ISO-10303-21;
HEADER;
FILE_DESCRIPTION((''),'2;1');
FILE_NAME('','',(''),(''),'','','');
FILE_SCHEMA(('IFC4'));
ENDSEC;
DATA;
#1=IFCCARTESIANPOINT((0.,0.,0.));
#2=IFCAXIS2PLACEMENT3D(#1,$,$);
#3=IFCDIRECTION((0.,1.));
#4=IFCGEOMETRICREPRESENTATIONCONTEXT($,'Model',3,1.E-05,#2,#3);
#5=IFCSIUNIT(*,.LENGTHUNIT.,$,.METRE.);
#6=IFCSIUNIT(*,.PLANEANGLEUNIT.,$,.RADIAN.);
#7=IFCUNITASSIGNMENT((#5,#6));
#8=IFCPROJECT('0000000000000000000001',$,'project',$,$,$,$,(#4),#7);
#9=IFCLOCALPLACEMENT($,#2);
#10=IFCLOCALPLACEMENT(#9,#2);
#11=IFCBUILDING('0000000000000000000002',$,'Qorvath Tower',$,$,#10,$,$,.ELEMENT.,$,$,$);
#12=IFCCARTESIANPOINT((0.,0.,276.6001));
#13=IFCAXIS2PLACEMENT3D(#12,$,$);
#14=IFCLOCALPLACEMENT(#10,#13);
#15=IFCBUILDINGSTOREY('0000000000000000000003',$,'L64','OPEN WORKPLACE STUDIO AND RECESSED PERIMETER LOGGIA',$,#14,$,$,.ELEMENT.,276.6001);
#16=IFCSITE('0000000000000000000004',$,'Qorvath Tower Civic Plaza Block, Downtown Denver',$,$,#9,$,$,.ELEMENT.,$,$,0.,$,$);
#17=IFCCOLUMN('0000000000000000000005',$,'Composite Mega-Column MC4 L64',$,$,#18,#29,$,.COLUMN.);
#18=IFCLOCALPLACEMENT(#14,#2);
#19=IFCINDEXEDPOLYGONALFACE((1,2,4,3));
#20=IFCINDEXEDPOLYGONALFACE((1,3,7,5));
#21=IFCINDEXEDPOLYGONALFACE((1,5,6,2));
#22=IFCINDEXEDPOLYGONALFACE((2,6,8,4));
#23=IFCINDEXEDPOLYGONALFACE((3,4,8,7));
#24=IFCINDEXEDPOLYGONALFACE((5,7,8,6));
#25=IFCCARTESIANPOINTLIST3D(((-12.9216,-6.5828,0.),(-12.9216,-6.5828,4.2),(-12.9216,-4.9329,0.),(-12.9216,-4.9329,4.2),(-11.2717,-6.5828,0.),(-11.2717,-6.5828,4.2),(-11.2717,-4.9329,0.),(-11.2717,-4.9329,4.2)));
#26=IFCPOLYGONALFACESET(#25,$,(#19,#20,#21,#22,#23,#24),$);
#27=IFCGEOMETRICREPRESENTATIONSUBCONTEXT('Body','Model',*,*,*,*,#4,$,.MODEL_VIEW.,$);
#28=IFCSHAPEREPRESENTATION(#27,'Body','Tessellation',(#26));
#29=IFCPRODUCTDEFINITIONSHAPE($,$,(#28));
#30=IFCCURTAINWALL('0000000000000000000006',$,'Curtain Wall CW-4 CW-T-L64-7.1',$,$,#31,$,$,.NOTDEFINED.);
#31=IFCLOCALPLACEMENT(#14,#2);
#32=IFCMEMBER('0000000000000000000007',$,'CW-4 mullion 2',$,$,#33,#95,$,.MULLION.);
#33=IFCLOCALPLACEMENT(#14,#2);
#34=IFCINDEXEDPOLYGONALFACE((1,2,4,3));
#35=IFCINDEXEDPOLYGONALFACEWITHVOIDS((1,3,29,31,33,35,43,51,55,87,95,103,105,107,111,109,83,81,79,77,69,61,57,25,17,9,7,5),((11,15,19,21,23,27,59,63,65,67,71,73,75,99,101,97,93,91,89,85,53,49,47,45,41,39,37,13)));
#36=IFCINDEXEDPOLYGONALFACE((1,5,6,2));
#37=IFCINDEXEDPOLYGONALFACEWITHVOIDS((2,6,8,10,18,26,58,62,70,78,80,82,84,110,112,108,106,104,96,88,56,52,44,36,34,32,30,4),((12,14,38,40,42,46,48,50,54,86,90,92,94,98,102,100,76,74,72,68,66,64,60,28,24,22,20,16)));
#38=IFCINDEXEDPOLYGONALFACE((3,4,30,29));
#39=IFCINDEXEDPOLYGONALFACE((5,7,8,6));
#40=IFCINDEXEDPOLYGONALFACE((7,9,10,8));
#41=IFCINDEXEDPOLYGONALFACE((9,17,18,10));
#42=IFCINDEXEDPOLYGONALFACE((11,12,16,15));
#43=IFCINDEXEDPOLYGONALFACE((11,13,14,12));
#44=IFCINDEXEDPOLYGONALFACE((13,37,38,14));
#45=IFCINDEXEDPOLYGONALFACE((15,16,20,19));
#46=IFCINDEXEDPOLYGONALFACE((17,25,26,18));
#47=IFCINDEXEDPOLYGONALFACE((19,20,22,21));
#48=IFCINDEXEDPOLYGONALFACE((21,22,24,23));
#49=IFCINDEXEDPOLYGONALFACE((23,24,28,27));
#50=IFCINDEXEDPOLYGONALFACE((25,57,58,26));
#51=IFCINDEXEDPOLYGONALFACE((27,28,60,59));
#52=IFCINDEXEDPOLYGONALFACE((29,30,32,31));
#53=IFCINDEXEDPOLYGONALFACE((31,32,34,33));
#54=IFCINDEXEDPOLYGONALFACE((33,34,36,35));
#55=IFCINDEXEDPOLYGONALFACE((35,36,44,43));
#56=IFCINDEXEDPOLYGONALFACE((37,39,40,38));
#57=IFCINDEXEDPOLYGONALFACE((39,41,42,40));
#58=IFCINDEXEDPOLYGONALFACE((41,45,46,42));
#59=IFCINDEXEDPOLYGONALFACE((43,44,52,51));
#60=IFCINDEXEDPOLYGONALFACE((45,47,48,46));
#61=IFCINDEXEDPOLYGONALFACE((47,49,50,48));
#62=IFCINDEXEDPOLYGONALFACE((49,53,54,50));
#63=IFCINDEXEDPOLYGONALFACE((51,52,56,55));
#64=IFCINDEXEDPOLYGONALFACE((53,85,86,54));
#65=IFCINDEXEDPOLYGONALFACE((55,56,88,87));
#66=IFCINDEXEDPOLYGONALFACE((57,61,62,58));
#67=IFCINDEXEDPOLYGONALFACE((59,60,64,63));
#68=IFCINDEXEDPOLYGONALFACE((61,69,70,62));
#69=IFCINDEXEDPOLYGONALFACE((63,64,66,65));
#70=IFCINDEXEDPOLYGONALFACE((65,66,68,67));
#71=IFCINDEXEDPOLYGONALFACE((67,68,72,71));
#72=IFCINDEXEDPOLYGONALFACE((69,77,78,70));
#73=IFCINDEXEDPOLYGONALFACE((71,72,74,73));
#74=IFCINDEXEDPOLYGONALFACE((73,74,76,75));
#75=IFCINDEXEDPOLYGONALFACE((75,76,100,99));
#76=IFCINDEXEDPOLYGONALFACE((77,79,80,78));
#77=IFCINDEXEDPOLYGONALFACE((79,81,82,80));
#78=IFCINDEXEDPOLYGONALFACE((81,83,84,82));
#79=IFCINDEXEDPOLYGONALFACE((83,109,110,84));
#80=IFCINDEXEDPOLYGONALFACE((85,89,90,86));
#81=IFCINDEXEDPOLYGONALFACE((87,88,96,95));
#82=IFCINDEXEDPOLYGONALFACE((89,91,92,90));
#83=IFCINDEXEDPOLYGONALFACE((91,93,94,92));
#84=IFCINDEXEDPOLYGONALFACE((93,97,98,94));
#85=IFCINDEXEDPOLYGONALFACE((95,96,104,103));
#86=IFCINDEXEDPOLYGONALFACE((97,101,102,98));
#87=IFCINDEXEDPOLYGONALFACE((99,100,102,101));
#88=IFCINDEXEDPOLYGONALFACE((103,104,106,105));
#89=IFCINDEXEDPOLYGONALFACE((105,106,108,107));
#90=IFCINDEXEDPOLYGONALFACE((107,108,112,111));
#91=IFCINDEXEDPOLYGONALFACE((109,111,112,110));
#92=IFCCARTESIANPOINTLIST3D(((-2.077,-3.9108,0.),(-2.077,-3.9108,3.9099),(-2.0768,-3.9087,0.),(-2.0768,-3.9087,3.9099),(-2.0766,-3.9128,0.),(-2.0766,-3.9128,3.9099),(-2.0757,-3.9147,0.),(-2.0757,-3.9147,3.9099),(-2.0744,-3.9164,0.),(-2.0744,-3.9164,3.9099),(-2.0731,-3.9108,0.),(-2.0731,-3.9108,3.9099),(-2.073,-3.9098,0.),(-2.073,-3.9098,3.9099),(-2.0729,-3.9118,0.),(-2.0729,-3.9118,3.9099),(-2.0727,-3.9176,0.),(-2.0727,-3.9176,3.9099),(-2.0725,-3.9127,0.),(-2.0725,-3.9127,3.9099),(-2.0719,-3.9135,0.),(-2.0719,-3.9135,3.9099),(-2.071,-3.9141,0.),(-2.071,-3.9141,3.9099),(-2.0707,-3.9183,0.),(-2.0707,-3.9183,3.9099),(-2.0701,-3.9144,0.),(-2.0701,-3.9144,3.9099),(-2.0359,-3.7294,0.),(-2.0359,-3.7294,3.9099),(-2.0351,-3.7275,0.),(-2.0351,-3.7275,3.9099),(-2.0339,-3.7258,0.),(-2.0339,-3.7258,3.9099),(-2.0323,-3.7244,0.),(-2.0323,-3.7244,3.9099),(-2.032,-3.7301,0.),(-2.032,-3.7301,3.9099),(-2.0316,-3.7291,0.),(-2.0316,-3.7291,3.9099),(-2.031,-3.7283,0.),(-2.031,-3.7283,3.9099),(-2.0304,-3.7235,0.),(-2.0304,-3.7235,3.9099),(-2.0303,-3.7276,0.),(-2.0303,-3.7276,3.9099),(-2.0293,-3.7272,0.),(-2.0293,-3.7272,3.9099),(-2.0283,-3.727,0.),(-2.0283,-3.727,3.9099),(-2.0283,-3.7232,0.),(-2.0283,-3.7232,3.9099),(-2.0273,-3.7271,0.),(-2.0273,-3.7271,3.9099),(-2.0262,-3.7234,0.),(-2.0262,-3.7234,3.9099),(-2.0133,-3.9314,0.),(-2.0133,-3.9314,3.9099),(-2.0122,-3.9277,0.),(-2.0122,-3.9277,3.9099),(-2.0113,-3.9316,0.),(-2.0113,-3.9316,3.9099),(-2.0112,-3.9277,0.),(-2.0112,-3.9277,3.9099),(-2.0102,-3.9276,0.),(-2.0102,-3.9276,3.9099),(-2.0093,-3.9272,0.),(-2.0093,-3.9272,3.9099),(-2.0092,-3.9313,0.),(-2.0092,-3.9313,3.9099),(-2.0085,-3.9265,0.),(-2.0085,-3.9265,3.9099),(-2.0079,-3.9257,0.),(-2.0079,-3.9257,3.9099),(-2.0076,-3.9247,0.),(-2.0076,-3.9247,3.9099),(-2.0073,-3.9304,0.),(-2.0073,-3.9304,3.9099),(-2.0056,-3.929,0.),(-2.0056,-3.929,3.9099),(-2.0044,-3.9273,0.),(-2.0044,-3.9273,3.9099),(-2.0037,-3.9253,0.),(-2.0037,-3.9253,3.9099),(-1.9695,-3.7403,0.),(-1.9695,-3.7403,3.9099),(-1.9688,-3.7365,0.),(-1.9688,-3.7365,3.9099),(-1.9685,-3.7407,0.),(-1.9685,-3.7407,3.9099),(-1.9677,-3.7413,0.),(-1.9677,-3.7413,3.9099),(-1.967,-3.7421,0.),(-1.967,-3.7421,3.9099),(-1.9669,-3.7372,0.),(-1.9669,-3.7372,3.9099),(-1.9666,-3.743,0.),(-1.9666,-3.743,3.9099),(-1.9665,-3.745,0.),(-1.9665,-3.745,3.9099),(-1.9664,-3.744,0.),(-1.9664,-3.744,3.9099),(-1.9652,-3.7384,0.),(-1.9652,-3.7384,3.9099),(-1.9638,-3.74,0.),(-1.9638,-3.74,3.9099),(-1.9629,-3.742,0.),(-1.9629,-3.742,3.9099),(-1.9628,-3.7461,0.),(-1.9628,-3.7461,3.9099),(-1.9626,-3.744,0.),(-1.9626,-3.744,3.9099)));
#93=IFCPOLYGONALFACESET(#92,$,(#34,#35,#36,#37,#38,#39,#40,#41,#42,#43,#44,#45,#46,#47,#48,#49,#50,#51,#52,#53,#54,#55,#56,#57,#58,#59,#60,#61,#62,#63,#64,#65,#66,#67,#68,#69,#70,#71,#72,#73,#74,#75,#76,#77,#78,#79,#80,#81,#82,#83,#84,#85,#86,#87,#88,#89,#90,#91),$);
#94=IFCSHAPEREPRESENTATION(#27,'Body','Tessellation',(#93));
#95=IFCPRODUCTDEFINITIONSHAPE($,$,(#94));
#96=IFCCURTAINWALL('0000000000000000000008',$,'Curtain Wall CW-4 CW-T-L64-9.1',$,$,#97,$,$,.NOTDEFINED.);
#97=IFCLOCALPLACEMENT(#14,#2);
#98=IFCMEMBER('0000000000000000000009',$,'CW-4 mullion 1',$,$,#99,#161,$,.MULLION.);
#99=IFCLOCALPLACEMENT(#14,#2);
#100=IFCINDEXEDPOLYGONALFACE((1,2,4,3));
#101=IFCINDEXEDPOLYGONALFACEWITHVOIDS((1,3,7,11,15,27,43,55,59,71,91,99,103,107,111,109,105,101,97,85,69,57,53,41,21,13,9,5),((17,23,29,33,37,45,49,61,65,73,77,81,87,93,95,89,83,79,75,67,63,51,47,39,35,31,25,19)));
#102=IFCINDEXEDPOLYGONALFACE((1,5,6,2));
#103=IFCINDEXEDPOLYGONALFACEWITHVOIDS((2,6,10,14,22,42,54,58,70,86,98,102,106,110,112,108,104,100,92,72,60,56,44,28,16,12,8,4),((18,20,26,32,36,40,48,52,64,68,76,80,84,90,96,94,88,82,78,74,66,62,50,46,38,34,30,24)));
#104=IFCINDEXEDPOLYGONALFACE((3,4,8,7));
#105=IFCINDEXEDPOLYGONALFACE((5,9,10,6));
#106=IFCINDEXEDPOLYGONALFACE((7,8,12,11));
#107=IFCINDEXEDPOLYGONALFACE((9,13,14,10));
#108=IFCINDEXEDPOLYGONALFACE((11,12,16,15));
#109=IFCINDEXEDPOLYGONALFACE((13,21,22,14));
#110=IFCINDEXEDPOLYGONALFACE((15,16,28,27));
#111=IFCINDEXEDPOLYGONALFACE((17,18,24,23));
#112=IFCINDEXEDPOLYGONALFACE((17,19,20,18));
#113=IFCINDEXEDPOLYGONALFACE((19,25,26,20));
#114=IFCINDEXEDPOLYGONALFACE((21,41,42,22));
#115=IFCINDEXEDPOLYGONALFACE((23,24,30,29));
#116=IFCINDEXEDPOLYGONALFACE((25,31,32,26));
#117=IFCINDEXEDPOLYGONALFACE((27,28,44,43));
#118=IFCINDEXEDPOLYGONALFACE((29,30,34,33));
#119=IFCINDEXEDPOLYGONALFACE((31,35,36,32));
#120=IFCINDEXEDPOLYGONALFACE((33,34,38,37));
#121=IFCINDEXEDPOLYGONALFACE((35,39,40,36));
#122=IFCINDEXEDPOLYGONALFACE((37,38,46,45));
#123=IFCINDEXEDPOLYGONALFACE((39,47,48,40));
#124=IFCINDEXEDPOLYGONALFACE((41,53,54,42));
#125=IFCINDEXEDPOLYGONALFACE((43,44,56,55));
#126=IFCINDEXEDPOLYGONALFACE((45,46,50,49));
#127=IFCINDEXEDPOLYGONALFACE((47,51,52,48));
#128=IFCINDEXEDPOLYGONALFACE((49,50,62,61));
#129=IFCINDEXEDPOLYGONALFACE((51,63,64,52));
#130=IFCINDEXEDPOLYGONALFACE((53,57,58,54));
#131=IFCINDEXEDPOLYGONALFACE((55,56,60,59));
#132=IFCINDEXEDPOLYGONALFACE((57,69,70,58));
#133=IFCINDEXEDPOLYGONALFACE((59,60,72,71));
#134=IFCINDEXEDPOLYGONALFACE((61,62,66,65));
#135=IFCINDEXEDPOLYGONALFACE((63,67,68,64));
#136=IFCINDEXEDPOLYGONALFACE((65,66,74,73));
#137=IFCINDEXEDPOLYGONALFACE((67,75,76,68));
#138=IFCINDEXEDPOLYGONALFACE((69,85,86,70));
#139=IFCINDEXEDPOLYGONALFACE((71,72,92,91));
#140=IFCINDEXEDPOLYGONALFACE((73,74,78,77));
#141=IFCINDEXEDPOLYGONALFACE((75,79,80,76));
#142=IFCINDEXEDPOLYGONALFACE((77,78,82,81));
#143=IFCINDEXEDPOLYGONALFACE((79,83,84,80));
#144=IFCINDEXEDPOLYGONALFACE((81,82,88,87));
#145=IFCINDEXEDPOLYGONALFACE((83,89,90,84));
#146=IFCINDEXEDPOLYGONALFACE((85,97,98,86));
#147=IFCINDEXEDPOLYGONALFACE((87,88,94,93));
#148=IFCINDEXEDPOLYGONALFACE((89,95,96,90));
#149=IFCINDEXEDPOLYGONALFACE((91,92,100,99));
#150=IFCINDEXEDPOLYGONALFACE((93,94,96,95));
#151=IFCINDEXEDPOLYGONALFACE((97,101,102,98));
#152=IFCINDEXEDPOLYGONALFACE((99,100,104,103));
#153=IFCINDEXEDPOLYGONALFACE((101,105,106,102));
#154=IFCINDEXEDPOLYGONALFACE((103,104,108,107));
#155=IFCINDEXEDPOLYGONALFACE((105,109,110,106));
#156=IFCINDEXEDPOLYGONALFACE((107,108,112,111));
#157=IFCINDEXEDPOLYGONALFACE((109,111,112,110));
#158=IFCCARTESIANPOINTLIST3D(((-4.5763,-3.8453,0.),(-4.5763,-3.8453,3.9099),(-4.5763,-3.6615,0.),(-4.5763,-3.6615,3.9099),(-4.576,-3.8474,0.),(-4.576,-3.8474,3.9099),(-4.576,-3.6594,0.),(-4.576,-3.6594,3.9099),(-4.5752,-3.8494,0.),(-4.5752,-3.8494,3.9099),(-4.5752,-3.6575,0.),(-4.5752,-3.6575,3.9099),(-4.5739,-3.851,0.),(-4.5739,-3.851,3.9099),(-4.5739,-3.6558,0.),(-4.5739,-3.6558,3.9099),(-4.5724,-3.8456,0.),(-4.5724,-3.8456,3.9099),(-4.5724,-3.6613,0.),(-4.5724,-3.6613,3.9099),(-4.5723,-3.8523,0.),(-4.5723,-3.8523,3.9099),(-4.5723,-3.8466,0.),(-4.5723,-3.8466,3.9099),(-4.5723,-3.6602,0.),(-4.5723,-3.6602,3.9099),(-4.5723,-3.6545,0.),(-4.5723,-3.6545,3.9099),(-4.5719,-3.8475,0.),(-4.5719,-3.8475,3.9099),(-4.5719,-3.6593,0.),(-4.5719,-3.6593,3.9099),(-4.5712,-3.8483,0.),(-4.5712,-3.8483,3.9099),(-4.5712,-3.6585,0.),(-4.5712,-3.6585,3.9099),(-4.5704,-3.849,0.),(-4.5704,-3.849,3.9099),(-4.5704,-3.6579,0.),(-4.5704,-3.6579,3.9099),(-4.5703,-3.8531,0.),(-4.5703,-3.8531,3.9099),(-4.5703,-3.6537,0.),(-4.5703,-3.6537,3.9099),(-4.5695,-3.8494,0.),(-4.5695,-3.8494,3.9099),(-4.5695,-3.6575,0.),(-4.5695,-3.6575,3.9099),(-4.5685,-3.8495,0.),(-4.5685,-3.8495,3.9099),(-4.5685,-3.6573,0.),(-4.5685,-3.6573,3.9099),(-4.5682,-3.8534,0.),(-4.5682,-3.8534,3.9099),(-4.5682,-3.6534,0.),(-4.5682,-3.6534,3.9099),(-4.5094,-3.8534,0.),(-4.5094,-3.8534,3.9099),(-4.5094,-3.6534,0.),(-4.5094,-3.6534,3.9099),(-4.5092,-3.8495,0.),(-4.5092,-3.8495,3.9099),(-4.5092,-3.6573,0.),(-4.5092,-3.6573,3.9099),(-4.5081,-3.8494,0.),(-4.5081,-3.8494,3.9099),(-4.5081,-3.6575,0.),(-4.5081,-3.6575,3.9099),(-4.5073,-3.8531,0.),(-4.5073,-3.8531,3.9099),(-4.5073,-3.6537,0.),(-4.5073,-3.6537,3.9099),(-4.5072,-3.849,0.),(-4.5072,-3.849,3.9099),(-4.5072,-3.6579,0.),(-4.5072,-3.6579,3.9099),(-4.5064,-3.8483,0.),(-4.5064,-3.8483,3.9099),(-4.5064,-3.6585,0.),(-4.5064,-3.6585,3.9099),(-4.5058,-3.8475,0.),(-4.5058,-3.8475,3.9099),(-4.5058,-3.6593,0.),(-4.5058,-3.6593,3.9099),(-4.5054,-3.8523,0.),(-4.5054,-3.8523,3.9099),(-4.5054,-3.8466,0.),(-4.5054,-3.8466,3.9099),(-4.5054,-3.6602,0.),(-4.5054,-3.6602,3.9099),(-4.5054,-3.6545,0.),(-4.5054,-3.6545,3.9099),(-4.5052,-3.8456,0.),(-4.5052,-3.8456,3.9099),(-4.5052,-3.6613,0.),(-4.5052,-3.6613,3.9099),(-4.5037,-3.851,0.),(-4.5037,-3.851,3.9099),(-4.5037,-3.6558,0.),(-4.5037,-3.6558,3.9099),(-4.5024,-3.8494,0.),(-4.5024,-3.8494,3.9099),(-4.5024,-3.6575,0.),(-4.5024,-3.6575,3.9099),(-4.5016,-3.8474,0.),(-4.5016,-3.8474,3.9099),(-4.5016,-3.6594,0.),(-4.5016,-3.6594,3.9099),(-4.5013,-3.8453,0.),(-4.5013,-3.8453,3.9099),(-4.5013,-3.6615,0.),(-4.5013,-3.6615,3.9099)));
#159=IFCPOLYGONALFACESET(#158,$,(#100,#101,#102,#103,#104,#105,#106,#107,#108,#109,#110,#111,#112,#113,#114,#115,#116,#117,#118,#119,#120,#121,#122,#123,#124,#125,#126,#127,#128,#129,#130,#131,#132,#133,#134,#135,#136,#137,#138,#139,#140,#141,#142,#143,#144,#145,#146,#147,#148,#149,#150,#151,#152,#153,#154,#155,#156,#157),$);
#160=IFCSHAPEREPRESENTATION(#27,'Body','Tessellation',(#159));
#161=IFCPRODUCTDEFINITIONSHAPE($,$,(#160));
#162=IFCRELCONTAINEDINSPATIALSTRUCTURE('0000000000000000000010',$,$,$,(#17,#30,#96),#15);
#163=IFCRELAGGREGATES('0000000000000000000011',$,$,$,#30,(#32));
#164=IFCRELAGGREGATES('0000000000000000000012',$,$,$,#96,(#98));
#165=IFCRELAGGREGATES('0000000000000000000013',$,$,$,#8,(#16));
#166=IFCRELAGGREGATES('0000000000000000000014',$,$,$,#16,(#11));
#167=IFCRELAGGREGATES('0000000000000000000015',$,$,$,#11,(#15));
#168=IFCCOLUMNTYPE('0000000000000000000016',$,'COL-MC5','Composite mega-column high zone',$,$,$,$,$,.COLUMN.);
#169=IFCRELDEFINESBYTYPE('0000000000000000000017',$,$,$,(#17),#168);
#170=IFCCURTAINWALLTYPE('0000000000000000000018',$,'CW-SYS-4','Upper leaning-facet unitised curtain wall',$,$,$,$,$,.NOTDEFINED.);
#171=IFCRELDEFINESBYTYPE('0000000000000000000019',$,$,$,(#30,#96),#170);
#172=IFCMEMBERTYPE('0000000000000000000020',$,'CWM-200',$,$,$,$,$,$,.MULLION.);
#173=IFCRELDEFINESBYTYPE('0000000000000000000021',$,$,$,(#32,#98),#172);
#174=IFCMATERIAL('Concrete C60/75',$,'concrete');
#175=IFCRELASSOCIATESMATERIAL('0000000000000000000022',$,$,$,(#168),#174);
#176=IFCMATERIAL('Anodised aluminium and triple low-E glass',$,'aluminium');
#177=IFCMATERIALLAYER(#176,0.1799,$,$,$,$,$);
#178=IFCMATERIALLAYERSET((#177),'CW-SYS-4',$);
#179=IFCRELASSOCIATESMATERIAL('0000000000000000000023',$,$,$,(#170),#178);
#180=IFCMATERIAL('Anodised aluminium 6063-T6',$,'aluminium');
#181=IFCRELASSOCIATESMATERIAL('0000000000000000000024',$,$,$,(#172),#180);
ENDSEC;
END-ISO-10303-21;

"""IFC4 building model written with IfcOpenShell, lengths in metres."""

from ifc_helpers import new_model, si_unit, direction, frame, origin, origin_2d, place, context, subcontext, project, spatial, rectangle, hollow_rectangle, extrude, material, layer, layer_set, material_profile, profile_set, type_object, element, aggregate, save


model = new_model("IFC4")

# Units and contexts
model_context = context("Model", 3, precision=1e-05, world=origin(), true_north=direction((0.0, 1.0)))
body_context = subcontext(model_context, "Body", "Model", "MODEL_VIEW")
ifc_project = project(units=[si_unit("LENGTHUNIT", "METRE"), si_unit("PLANEANGLEUNIT", "RADIAN")], contexts=[model_context])

# Site, building, storey
site_placement = place(None, origin())
site = spatial("IfcSite", under=ifc_project, at=site_placement, Name="Qorvath Tower Civic Plaza Block, Downtown Denver", CompositionType="ELEMENT", RefElevation=0.0)
building_placement = place(site_placement, origin())
building = spatial("IfcBuilding", under=site, at=building_placement, Name="Qorvath Tower", CompositionType="ELEMENT")
storey_placement = place(building_placement, frame((0.0, 0.0, 276.6001)))
storey = spatial("IfcBuildingStorey", under=building, at=storey_placement, Name="L64", Description="OPEN WORKPLACE STUDIO AND RECESSED PERIMETER LOGGIA", CompositionType="ELEMENT", Elevation=276.6001)

# Column
ifc_material_1 = material(Name="Concrete C60/75", Category="concrete")
ifc_material_profile_1 = material_profile(ifc_material_1, rectangle(XDim=1.6499, YDim=1.6499, at=origin_2d()), Name="MC 1650x1650")
ifc_profile_set_1 = profile_set([ifc_material_profile_1], Name="Concrete C60/75")
column_type = type_object("IfcColumnType", Name="COL-MC5", Description="Composite mega-column high zone", PredefinedType="COLUMN", material=ifc_profile_set_1)
column_placement = place(storey_placement, frame((-12.0967, -5.7578, 0.0), z_axis=(0.0, 0.0, 1.0), x_axis=(1.0, 0.0, 0.0)))
element("IfcColumn", 1, at=column_placement, inside=storey, type_object=column_type, Name="Composite Mega-Column MC4 L64", PredefinedType="COLUMN", context=body_context, shape_type="SweptSolid", body=[
    extrude(rectangle(XDim=1.6499, YDim=1.6499, at=origin_2d()), origin(), (0.0, 0.0, 1.0), 4.2),
])

# Curtain wall, member
ifc_material_2 = material(Name="Anodised aluminium and triple low-E glass", Category="aluminium")
ifc_layer_1 = layer(ifc_material_2, 0.1799)
ifc_layer_set_1 = layer_set([ifc_layer_1], Name="CW-SYS-4")
curtain_wall_type = type_object("IfcCurtainWallType", Name="CW-SYS-4", Description="Upper leaning-facet unitised curtain wall", PredefinedType="NOTDEFINED", material=ifc_layer_set_1)
curtain_wall_1_placement = place(storey_placement, origin())
curtain_wall_1 = element("IfcCurtainWall", 2, at=curtain_wall_1_placement, inside=storey, type_object=curtain_wall_type, Name="Curtain Wall CW-4 CW-T-L64-7.1", PredefinedType="NOTDEFINED")
ifc_material_3 = material(Name="Anodised aluminium 6063-T6", Category="aluminium")
ifc_material_profile_2 = material_profile(ifc_material_3, hollow_rectangle(XDim=0.075, YDim=0.2, WallThickness=0.0039, InnerFilletRadius=0.0039, OuterFilletRadius=0.0081, at=origin_2d()), Name="CWM 200x75")
ifc_profile_set_2 = profile_set([ifc_material_profile_2], Name="Anodised aluminium 6063-T6")
member_type_1 = type_object("IfcMemberType", Name="CWM-200", PredefinedType="MULLION", material=ifc_profile_set_2)
member_1_placement = place(storey_placement, frame((-2.0198, -3.8274, 0.0), z_axis=(0.0, 0.0, 1.0), x_axis=(-0.974912, 0.222592, 0.0)))
member_1 = element("IfcMember", 3, at=member_1_placement, type_object=member_type_1, Name="CW-4 mullion 2", PredefinedType="MULLION", context=body_context, shape_type="SweptSolid", body=[
    extrude(hollow_rectangle(XDim=0.075, YDim=0.2, WallThickness=0.0039, InnerFilletRadius=0.0039, OuterFilletRadius=0.0081, at=origin_2d()), origin(), (0.0, 0.0, 1.0), 3.9099),
])
aggregate(curtain_wall_1, [member_1])

# Curtain wall, member
curtain_wall_2_placement = place(storey_placement, origin())
curtain_wall_2 = element("IfcCurtainWall", 4, at=curtain_wall_2_placement, inside=storey, type_object=curtain_wall_type, Name="Curtain Wall CW-4 CW-T-L64-9.1", PredefinedType="NOTDEFINED")
member_2_placement = place(storey_placement, frame((-4.5388, -3.7534, 0.0), z_axis=(0.0, 0.0, 1.0), x_axis=(-1.0, 0.0, 0.0)))
member_2 = element("IfcMember", 5, at=member_2_placement, type_object=member_type_1, Name="CW-4 mullion 1", PredefinedType="MULLION", context=body_context, shape_type="SweptSolid", body=[
    extrude(hollow_rectangle(XDim=0.075, YDim=0.2, WallThickness=0.0039, InnerFilletRadius=0.0039, OuterFilletRadius=0.0081, at=origin_2d()), origin(), (0.0, 0.0, 1.0), 3.9099),
])
aggregate(curtain_wall_2, [member_2])

save(model, "model.ifc")
